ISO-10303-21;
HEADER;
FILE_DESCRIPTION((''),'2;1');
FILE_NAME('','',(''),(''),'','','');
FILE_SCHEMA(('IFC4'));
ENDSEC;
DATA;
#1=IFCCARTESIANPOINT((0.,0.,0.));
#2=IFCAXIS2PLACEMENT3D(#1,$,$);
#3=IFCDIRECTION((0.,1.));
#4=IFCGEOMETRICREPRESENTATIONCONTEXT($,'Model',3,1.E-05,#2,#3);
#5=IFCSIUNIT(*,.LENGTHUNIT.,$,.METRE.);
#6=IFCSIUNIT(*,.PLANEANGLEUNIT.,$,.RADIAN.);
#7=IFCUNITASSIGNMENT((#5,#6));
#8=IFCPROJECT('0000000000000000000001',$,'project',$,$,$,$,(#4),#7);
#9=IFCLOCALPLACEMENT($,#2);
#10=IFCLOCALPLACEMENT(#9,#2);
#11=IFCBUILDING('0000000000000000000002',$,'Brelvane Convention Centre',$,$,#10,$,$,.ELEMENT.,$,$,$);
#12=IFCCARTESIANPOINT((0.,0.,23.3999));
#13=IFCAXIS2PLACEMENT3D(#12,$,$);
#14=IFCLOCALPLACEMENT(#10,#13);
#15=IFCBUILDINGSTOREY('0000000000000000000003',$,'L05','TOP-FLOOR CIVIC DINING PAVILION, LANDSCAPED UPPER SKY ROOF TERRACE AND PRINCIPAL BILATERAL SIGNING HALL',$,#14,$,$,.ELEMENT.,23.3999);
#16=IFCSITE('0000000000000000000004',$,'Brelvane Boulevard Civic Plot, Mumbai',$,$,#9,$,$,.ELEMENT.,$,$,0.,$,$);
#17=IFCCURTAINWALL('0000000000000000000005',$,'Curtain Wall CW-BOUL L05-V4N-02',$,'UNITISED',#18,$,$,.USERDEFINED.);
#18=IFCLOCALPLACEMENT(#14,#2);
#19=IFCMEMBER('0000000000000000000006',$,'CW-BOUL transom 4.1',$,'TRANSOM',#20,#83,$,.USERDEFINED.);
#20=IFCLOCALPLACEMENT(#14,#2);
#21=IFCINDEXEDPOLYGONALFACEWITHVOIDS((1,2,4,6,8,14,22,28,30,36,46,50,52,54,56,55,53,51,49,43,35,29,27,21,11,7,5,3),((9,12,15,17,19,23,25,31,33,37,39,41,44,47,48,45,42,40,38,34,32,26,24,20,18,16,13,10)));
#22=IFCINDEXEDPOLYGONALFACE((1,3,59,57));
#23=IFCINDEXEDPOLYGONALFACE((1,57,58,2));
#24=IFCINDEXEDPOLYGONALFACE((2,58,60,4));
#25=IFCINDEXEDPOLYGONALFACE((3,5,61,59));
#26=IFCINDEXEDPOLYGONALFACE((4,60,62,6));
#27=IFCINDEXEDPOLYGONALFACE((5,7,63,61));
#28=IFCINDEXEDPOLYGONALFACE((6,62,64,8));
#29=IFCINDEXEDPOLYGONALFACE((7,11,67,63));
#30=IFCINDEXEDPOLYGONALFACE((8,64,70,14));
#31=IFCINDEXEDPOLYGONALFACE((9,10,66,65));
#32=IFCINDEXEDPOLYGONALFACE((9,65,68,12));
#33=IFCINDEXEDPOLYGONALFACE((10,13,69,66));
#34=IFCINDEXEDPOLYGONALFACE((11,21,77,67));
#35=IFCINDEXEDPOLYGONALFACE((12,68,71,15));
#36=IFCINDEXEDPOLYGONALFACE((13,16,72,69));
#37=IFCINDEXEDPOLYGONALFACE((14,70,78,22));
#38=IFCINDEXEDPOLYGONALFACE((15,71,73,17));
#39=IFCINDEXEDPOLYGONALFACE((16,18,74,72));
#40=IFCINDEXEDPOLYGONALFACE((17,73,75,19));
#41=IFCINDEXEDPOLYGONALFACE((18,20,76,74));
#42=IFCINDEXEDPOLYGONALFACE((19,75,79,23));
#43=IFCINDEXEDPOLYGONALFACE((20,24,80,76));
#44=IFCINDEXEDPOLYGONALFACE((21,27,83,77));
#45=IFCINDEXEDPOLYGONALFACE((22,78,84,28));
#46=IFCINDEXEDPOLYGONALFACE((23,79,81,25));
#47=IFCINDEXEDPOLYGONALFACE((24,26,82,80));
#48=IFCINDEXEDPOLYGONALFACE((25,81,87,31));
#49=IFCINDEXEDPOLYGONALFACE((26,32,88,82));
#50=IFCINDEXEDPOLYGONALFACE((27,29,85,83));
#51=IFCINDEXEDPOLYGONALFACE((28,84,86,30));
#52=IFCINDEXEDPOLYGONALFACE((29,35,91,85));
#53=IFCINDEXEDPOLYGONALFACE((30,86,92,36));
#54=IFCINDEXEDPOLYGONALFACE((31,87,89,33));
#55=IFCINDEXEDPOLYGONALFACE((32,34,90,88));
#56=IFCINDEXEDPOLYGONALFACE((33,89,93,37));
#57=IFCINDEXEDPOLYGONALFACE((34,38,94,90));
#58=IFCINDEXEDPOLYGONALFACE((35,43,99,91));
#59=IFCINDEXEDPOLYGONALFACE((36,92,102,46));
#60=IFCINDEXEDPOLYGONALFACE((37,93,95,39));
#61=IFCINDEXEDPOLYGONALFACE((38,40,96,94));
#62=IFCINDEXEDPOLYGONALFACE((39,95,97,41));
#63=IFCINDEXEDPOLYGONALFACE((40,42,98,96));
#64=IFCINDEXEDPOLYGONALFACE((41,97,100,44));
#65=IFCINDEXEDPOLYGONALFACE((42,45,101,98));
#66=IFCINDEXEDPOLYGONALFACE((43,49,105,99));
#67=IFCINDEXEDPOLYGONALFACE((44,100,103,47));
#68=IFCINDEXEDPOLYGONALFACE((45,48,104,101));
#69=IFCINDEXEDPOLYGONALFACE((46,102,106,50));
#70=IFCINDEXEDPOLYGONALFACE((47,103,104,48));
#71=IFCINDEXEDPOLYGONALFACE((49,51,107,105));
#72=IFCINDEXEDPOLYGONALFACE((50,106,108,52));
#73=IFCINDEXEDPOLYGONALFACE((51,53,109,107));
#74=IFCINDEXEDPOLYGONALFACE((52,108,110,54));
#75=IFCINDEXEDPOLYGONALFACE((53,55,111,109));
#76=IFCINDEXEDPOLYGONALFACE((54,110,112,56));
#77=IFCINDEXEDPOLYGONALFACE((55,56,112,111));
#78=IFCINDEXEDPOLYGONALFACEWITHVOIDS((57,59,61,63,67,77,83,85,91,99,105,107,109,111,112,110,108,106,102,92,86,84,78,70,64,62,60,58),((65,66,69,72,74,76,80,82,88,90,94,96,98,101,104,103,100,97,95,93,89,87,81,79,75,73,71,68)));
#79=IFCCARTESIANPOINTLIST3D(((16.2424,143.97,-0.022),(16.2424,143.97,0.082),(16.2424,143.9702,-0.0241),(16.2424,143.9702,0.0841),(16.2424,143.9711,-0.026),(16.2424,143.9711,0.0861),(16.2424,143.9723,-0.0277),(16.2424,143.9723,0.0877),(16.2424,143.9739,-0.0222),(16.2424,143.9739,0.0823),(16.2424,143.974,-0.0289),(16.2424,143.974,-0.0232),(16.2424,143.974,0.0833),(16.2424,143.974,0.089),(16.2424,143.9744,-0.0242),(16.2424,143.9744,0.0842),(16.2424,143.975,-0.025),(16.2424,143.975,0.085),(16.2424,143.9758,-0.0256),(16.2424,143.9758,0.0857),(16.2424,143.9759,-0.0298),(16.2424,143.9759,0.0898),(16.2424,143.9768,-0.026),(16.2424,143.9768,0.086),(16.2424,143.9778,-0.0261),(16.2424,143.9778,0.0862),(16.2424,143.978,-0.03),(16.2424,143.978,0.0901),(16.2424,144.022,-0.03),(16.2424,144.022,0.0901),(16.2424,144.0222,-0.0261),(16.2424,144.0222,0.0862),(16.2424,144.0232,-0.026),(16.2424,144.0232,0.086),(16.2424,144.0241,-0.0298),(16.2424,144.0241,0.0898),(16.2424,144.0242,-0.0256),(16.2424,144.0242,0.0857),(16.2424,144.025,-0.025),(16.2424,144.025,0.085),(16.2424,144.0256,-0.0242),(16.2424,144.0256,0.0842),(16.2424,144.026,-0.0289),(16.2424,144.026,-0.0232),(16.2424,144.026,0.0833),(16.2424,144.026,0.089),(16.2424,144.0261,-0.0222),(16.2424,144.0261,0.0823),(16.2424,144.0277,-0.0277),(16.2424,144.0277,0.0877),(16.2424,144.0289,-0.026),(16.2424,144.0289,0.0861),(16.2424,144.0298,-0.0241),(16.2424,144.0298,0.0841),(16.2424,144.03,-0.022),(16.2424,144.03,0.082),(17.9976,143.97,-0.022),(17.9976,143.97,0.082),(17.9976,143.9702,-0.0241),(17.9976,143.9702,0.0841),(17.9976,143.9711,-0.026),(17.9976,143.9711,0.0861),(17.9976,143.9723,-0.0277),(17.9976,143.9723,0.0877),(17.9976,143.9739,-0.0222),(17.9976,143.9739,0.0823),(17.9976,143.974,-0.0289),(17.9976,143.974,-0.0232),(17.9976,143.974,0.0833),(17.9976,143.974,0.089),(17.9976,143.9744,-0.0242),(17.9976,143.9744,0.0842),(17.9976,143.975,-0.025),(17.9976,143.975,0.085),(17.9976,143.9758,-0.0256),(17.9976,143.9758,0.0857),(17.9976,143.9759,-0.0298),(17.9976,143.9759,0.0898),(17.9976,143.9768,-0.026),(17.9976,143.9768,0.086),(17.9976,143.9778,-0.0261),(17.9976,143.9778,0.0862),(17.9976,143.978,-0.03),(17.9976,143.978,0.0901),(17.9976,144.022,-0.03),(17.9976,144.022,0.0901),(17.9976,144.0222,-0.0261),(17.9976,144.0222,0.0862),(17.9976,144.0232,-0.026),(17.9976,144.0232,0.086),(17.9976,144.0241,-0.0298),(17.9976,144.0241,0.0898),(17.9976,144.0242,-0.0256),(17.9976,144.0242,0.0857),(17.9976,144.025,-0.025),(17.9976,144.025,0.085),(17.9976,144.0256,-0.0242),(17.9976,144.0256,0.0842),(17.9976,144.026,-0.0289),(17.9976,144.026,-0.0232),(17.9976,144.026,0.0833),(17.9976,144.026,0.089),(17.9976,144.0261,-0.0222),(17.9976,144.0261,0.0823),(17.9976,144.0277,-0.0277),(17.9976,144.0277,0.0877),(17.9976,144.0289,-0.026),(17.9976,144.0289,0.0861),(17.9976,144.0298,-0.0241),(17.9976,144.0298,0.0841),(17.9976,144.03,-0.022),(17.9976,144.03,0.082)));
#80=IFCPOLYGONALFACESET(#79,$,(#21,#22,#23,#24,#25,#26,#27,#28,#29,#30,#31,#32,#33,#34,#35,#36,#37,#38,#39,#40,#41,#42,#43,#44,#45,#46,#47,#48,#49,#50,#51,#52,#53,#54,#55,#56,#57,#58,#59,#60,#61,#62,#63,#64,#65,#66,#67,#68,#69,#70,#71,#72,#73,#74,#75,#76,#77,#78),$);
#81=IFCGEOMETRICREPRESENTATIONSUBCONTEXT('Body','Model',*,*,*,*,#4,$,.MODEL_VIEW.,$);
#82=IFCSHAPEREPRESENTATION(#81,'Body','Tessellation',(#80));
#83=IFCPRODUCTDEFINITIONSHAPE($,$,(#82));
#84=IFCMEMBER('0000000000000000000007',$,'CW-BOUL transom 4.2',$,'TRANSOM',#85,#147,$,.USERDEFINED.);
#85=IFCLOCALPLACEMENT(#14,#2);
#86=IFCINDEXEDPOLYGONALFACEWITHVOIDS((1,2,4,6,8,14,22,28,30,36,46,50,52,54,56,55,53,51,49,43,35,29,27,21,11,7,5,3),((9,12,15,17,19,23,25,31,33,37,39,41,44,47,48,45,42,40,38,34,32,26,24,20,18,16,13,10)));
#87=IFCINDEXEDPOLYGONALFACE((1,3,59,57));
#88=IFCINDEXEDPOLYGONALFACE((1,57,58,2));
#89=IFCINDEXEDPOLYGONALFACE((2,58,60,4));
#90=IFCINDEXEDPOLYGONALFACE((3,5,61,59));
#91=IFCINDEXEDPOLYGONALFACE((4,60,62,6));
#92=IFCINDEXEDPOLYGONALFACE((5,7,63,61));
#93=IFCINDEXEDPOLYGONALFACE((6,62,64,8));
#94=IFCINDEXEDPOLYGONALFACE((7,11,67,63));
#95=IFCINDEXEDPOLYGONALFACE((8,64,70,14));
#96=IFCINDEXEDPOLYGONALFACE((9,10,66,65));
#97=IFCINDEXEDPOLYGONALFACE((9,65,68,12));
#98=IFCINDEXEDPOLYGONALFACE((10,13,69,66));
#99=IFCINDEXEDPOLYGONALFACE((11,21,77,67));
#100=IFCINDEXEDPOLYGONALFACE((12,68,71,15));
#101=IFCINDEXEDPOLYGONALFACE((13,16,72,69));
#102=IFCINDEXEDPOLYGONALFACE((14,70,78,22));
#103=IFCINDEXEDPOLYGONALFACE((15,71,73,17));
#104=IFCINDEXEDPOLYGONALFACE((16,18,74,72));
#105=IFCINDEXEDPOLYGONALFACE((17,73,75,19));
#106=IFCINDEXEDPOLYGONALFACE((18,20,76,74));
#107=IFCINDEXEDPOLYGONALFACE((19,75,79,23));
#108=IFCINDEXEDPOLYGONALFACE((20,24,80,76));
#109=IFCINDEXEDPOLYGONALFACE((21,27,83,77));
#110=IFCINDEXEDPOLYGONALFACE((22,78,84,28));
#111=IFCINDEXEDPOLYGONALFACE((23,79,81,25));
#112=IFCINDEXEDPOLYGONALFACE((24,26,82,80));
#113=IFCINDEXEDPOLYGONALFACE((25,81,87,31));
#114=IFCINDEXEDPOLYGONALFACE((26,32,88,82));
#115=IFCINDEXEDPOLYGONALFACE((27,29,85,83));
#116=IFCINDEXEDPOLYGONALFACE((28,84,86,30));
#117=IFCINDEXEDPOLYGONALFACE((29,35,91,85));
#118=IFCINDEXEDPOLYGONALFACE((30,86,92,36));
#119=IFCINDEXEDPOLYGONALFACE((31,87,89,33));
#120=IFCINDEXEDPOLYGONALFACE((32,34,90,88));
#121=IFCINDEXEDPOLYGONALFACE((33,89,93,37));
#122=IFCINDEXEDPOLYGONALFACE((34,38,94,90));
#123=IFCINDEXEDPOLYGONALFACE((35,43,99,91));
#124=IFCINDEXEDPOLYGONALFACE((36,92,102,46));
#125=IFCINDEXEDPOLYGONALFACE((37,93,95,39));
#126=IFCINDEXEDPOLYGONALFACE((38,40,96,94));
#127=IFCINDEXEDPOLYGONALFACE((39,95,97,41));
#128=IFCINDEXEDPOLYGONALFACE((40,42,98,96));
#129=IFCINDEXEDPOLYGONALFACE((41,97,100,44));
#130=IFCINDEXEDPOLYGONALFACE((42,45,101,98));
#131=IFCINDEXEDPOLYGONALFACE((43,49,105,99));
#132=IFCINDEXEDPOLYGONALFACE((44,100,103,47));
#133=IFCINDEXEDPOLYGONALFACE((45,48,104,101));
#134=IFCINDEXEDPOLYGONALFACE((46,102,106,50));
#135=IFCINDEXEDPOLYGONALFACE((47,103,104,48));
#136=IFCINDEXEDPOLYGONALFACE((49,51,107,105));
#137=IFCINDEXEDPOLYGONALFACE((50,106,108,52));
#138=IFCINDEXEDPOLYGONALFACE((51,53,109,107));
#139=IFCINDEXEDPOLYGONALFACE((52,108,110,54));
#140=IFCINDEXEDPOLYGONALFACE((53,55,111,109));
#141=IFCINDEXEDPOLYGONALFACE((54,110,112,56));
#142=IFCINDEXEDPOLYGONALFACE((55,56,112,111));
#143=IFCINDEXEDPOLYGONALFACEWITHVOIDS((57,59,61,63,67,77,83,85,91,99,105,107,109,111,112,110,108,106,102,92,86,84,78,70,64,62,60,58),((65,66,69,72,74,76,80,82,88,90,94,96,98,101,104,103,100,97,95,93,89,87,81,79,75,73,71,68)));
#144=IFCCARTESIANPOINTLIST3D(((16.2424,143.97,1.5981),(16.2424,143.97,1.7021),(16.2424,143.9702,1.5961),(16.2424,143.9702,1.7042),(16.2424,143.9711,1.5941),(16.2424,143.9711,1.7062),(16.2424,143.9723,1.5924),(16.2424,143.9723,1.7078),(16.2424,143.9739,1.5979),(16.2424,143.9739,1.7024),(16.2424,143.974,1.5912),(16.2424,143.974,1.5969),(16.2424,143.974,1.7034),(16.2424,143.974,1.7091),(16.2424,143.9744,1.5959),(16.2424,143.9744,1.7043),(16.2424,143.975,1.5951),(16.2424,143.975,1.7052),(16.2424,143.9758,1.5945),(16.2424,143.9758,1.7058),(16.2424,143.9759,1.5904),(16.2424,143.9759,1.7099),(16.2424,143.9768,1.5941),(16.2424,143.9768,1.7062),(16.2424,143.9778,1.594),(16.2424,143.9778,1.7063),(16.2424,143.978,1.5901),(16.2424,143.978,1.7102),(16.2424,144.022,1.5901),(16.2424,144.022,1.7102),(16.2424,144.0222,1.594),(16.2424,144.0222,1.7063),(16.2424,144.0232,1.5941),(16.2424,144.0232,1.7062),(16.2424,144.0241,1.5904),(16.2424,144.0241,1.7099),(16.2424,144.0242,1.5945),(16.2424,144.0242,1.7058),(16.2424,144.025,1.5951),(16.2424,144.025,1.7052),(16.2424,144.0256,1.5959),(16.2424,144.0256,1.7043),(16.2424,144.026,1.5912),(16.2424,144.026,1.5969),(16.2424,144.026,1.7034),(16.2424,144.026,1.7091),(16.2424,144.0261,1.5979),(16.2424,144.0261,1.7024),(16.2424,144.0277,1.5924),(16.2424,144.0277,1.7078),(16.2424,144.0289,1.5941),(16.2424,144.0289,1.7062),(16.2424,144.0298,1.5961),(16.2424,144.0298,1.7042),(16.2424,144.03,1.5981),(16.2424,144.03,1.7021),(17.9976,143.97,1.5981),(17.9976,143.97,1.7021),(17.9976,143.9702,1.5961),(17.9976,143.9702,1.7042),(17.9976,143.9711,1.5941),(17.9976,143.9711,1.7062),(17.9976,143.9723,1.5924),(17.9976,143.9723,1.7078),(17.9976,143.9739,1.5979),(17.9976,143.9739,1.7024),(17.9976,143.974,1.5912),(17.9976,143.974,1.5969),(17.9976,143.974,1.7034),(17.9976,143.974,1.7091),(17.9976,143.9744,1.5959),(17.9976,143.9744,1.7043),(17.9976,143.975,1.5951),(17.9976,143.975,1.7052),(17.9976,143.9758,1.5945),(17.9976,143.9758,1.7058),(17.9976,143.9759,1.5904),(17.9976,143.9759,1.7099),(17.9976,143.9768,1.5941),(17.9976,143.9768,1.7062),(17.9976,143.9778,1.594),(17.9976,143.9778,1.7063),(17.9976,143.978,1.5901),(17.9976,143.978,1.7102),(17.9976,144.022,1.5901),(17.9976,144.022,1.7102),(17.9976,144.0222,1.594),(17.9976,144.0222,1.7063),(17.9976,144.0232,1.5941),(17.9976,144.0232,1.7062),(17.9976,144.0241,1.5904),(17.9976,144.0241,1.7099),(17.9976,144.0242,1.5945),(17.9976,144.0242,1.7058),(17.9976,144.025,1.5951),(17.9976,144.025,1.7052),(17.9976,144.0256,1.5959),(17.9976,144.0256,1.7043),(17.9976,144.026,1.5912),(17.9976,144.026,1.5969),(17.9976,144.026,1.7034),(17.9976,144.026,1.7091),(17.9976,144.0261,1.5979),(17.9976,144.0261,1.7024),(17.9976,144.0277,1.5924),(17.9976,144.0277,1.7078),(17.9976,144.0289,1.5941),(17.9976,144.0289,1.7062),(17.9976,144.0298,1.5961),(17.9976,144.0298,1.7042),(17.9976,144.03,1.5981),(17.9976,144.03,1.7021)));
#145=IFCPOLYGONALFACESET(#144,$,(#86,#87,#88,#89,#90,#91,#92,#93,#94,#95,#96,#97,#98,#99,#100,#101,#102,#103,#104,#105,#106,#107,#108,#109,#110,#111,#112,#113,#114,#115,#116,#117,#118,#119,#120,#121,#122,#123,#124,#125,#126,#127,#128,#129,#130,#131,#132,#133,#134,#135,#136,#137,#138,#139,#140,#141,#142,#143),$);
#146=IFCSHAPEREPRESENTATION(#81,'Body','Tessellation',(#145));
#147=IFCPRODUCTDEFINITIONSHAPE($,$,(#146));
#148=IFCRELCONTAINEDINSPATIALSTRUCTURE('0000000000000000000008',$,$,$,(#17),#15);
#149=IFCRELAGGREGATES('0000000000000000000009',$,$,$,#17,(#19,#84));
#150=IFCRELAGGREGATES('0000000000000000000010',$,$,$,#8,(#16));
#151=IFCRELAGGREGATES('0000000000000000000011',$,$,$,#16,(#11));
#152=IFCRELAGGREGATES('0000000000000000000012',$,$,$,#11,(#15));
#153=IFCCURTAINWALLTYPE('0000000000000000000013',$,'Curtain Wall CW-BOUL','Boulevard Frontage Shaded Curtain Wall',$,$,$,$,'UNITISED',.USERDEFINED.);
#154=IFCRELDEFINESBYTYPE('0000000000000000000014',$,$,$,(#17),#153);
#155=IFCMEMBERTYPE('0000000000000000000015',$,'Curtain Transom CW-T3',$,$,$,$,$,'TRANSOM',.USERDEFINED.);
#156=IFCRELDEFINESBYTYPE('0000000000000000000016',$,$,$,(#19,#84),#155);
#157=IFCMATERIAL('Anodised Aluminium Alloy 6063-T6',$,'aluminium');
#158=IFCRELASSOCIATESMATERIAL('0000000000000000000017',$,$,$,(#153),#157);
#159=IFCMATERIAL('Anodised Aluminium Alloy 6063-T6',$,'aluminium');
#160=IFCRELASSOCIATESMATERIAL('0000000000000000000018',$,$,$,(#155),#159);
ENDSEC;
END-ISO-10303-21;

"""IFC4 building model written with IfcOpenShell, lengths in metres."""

from ifc_helpers import new_model, si_unit, direction, frame, origin, origin_2d, place, context, subcontext, project, spatial, hollow_rectangle, extrude, material, material_profile, profile_set, type_object, element, aggregate, save


model = new_model("IFC4")

# Units and contexts
model_context = context("Model", 3, precision=1e-05, world=origin(), true_north=direction((0.0, 1.0)))
body_context = subcontext(model_context, "Body", "Model", "MODEL_VIEW")
ifc_project = project(units=[si_unit("LENGTHUNIT", "METRE"), si_unit("PLANEANGLEUNIT", "RADIAN")], contexts=[model_context])

# Site, building, storey
site_placement = place(None, origin())
site = spatial("IfcSite", under=ifc_project, at=site_placement, Name="Brelvane Boulevard Civic Plot, Mumbai", CompositionType="ELEMENT", RefElevation=0.0)
building_placement = place(site_placement, origin())
building = spatial("IfcBuilding", under=site, at=building_placement, Name="Brelvane Convention Centre", CompositionType="ELEMENT")
storey_placement = place(building_placement, frame((0.0, 0.0, 23.3999)))
storey = spatial("IfcBuildingStorey", under=building, at=storey_placement, Name="L05", Description="TOP-FLOOR CIVIC DINING PAVILION, LANDSCAPED UPPER SKY ROOF TERRACE AND PRINCIPAL BILATERAL SIGNING HALL", CompositionType="ELEMENT", Elevation=23.3999)

# Curtain wall, members
ifc_material_1 = material(Name="Anodised Aluminium Alloy 6063-T6", Category="aluminium")
curtain_wall_type = type_object("IfcCurtainWallType", Name="Curtain Wall CW-BOUL", Description="Boulevard Frontage Shaded Curtain Wall", ElementType="UNITISED", PredefinedType="USERDEFINED", material=ifc_material_1)
curtain_wall_placement = place(storey_placement, origin())
curtain_wall = element("IfcCurtainWall", 1, at=curtain_wall_placement, inside=storey, type_object=curtain_wall_type, Name="Curtain Wall CW-BOUL L05-V4N-02", ObjectType="UNITISED", PredefinedType="USERDEFINED")
ifc_material_2 = material(Name="Anodised Aluminium Alloy 6063-T6", Category="aluminium")
ifc_material_profile_1 = material_profile(ifc_material_2, hollow_rectangle(XDim=0.0601, YDim=0.1201, WallThickness=0.0039, InnerFilletRadius=0.0039, OuterFilletRadius=0.0081, at=origin_2d()), Name="ALU-T 120x60x4.0")
ifc_profile_set_1 = profile_set([ifc_material_profile_1], Name="Anodised Aluminium Alloy 6063-T6")
member_type_1 = type_object("IfcMemberType", Name="Curtain Transom CW-T3", ElementType="TRANSOM", PredefinedType="USERDEFINED", material=ifc_profile_set_1)
member_1_placement = place(storey_placement, frame((16.2424, 144.0, 0.03), z_axis=(1.0, 0.0, 0.0), x_axis=(0.0, 1.0, 0.0)))
member_1 = element("IfcMember", 2, at=member_1_placement, type_object=member_type_1, Name="CW-BOUL transom 4.1", ObjectType="TRANSOM", PredefinedType="USERDEFINED", context=body_context, shape_type="SweptSolid", body=[
    extrude(hollow_rectangle(XDim=0.0601, YDim=0.1201, WallThickness=0.0039, InnerFilletRadius=0.0039, OuterFilletRadius=0.0081, at=origin_2d()), origin(), (0.0, 0.0, 1.0), 1.7551),
])
member_2_placement = place(storey_placement, frame((16.2424, 144.0, 1.6501), z_axis=(1.0, 0.0, 0.0), x_axis=(0.0, 1.0, 0.0)))
member_2 = element("IfcMember", 3, at=member_2_placement, type_object=member_type_1, Name="CW-BOUL transom 4.2", ObjectType="TRANSOM", PredefinedType="USERDEFINED", context=body_context, shape_type="SweptSolid", body=[
    extrude(hollow_rectangle(XDim=0.0601, YDim=0.1201, WallThickness=0.0039, InnerFilletRadius=0.0039, OuterFilletRadius=0.0081, at=origin_2d()), origin(), (0.0, 0.0, 1.0), 1.7551),
])

aggregate(curtain_wall, [member_1, member_2])

save(model, "model.ifc")
